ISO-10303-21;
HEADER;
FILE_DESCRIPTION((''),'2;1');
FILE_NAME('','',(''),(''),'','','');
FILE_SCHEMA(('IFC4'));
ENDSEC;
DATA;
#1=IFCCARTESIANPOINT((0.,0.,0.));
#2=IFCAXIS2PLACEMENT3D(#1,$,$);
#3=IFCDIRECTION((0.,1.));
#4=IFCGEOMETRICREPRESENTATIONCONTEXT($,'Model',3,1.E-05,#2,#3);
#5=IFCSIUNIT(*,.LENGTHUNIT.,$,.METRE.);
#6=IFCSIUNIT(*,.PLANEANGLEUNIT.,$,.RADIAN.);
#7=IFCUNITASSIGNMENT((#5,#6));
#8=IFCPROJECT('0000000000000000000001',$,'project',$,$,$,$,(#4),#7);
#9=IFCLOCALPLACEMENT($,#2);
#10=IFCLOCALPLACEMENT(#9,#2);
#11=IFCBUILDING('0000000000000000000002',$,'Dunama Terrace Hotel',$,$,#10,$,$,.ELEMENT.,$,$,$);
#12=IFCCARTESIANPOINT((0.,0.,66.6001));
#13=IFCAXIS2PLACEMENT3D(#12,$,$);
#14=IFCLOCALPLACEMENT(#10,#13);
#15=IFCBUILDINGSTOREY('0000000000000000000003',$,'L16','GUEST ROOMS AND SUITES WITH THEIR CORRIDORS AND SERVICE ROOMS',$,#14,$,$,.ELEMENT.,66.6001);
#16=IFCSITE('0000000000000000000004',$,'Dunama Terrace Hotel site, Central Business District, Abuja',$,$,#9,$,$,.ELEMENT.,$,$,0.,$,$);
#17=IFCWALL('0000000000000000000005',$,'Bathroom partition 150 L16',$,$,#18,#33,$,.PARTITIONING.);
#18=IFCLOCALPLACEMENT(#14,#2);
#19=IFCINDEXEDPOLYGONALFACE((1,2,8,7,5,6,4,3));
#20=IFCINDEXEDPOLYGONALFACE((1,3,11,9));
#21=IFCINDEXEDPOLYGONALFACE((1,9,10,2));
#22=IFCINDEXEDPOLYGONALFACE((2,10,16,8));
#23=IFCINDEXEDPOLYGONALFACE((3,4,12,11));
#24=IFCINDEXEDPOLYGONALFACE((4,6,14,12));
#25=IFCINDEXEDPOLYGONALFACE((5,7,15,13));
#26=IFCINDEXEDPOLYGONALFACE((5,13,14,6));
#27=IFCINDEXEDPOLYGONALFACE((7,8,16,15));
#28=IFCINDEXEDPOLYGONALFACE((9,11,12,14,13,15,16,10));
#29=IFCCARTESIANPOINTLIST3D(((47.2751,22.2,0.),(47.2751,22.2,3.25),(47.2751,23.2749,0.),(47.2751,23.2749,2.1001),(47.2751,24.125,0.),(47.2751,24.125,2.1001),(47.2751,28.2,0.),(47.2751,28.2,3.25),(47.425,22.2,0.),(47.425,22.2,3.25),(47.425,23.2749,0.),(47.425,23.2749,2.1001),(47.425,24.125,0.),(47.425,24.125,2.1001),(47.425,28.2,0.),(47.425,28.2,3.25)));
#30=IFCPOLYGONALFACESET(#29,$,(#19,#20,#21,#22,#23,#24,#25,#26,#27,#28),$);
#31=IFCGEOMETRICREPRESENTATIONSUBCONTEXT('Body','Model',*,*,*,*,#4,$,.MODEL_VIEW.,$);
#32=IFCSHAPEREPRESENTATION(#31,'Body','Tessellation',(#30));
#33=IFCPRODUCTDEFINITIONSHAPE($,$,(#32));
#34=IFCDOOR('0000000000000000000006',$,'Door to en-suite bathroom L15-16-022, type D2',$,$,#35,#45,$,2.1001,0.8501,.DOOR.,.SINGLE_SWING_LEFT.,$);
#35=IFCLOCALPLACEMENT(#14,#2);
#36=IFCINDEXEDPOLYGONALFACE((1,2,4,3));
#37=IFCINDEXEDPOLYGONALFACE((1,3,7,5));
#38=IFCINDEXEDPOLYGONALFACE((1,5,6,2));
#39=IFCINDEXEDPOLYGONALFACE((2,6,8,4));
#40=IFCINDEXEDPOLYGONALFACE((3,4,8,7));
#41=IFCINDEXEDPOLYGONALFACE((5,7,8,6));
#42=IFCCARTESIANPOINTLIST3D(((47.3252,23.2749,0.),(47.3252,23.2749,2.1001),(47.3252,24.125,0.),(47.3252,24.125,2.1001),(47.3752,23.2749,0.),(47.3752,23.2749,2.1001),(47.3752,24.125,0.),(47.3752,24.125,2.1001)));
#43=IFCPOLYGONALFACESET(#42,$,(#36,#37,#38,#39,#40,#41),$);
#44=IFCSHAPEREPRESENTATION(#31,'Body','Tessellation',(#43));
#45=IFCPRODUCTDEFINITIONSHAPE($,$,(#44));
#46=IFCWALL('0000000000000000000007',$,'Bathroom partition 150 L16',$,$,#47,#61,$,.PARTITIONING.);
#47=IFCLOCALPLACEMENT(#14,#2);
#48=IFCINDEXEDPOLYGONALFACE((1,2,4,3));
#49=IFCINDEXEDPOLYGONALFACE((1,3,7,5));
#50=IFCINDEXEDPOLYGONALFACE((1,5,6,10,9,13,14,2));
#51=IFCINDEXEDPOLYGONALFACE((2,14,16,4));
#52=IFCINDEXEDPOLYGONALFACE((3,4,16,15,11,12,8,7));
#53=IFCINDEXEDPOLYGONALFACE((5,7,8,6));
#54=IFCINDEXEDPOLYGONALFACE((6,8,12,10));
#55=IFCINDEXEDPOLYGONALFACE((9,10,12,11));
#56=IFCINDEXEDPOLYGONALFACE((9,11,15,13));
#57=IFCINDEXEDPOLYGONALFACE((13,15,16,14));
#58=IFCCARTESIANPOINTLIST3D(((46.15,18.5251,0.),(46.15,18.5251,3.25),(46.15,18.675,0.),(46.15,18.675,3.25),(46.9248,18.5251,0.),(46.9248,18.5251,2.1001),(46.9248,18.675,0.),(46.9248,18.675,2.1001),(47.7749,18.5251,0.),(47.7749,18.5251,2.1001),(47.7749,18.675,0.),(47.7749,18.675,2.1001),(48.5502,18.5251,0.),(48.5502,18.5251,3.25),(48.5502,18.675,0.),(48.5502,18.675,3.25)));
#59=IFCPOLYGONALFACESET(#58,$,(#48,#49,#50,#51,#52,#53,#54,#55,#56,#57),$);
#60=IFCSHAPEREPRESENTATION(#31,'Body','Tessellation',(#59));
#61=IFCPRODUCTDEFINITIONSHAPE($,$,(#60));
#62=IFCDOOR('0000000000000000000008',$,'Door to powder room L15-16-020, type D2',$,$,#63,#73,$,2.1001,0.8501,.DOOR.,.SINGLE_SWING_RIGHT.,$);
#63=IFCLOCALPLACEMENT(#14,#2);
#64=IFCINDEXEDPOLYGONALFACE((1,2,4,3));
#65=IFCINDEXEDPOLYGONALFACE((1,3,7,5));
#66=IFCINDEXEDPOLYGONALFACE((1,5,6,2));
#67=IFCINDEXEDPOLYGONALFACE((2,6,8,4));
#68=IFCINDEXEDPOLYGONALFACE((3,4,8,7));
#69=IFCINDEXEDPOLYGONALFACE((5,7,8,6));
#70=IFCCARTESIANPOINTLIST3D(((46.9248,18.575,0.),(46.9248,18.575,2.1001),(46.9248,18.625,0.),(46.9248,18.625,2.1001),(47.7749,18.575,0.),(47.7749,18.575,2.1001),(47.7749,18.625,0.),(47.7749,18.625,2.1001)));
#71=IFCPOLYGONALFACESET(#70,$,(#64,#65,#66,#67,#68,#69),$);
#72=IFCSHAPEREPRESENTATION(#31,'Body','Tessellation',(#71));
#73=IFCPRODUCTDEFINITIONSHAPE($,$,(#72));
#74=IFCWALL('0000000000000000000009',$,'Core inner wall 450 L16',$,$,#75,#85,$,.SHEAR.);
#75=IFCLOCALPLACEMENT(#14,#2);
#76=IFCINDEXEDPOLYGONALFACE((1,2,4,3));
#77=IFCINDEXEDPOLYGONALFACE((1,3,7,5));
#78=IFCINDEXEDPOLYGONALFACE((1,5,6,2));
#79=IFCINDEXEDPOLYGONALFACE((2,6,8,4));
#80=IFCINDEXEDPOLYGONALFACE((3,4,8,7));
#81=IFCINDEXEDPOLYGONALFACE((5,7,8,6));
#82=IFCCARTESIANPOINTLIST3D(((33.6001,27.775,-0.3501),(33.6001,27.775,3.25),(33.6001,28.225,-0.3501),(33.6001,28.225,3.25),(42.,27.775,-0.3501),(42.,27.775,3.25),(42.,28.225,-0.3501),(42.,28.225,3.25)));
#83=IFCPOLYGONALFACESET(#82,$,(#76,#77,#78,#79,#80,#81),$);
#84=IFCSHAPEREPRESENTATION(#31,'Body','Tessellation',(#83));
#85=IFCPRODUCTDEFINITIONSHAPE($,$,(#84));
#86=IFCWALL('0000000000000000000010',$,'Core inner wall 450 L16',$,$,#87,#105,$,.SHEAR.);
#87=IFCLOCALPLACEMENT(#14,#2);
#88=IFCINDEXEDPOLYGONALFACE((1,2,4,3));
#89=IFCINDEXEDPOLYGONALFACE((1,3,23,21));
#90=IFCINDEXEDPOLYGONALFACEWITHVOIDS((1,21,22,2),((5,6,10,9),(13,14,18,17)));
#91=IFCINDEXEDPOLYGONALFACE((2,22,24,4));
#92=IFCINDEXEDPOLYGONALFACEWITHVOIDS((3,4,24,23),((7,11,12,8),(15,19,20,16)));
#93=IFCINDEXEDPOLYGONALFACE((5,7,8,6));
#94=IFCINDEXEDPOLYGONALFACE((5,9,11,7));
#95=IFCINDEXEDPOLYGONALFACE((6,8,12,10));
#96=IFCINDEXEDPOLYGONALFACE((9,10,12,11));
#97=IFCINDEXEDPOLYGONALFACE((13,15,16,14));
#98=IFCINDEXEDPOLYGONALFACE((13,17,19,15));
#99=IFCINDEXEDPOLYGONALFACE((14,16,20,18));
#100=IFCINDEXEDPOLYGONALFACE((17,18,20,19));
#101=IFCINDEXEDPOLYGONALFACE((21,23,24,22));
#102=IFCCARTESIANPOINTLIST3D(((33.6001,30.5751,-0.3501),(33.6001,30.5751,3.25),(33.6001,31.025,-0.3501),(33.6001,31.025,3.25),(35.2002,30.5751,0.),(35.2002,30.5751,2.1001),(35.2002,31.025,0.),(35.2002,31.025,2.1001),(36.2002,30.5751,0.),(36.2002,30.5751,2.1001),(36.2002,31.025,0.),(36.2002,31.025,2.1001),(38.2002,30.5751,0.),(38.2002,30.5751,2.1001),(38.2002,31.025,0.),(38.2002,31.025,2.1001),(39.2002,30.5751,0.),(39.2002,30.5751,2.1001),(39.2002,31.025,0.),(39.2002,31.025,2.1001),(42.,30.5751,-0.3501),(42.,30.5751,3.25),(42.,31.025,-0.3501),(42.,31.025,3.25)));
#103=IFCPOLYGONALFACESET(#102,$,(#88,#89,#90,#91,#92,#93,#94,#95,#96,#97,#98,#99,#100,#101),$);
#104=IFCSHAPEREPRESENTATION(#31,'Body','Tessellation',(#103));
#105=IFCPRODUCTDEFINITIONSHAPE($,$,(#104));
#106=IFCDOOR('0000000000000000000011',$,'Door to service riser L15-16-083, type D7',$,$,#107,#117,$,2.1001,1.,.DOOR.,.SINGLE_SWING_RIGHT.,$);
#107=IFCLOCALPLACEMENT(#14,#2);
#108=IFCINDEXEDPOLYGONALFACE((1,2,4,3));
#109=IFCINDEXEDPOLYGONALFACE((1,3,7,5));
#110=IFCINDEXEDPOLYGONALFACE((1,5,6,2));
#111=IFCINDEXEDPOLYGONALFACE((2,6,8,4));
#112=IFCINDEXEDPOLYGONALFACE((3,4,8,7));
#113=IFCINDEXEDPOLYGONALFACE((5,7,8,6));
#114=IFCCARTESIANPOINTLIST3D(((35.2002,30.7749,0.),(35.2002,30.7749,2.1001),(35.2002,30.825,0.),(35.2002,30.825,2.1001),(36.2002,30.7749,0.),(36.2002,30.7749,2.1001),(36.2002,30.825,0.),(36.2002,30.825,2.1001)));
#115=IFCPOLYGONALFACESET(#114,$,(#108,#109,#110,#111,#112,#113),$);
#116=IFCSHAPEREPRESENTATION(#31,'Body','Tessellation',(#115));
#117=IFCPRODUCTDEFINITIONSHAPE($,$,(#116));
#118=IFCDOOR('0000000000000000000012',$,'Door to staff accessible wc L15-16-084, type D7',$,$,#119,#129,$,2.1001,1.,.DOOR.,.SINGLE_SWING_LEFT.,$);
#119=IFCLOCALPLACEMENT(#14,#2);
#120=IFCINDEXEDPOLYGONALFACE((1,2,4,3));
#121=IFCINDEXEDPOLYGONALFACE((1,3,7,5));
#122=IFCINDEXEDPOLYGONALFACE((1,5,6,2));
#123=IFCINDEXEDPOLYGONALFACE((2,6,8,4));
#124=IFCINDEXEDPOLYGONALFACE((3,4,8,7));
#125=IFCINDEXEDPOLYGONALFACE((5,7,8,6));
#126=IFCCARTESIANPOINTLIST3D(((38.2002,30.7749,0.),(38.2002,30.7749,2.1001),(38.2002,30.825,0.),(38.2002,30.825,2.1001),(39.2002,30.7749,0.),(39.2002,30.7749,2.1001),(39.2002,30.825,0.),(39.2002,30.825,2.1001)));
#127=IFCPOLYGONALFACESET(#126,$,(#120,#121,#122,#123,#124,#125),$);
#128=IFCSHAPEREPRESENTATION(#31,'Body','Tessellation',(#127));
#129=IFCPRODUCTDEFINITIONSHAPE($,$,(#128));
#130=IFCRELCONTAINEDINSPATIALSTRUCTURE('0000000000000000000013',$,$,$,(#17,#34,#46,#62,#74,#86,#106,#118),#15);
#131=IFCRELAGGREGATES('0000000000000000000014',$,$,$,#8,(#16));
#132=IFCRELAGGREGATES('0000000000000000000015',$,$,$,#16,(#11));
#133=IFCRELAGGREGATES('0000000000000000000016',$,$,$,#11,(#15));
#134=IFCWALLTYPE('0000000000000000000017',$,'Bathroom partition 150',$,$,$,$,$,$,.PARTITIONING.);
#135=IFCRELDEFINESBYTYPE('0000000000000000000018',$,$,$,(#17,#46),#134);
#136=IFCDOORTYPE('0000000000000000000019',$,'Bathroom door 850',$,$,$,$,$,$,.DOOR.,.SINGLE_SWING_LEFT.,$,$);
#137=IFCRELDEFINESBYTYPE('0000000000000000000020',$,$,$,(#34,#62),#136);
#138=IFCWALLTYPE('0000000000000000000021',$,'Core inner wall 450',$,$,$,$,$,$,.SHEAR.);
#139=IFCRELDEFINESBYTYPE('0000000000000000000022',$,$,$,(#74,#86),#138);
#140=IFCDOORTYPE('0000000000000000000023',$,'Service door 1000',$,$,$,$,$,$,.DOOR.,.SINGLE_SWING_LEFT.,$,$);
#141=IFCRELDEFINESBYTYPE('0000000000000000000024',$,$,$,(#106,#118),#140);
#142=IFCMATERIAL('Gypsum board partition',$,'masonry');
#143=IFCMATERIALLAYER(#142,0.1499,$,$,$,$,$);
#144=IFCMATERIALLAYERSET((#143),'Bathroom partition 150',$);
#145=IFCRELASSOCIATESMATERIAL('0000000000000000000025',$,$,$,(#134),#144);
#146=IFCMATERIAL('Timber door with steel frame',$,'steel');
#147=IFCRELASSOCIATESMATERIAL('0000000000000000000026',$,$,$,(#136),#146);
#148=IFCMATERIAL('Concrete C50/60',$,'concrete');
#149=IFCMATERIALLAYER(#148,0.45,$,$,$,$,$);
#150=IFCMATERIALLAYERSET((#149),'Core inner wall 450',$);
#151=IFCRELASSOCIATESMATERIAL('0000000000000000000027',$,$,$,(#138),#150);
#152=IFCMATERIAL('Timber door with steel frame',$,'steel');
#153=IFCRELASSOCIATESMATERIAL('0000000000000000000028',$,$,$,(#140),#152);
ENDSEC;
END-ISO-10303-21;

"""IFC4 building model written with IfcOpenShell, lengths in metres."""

from ifc_helpers import new_model, si_unit, direction, frame, frame_2d, origin, place, context, subcontext, project, spatial, rectangle, extrude, material, layer, layer_set, type_object, element, fill, save


model = new_model("IFC4")

# Units and contexts
model_context = context("Model", 3, precision=1e-05, world=origin(), true_north=direction((0.0, 1.0)))
body_context = subcontext(model_context, "Body", "Model", "MODEL_VIEW")
ifc_project = project(units=[si_unit("LENGTHUNIT", "METRE"), si_unit("PLANEANGLEUNIT", "RADIAN")], contexts=[model_context])

# Site, building, storey
site_placement = place(None, origin())
site = spatial("IfcSite", under=ifc_project, at=site_placement, Name="Dunama Terrace Hotel site, Central Business District, Abuja", CompositionType="ELEMENT", RefElevation=0.0)
building_placement = place(site_placement, origin())
building = spatial("IfcBuilding", under=site, at=building_placement, Name="Dunama Terrace Hotel", CompositionType="ELEMENT")
storey_placement = place(building_placement, frame((0.0, 0.0, 66.6001)))
storey = spatial("IfcBuildingStorey", under=building, at=storey_placement, Name="L16", Description="GUEST ROOMS AND SUITES WITH THEIR CORRIDORS AND SERVICE ROOMS", CompositionType="ELEMENT", Elevation=66.6001)

# Walls, openings, doors
ifc_material_1 = material(Name="Gypsum board partition", Category="masonry")
ifc_layer_1 = layer(ifc_material_1, 0.1499)
ifc_layer_set_1 = layer_set([ifc_layer_1], Name="Bathroom partition 150")
wall_type_1 = type_object("IfcWallType", Name="Bathroom partition 150", PredefinedType="PARTITIONING", material=ifc_layer_set_1)
wall_1_placement = place(storey_placement, frame((47.3501, 22.2, 0.0), z_axis=(0.0, 0.0, 1.0), x_axis=(0.0, 1.0, 0.0)))
wall_1 = element("IfcWall", 1, at=wall_1_placement, inside=storey, type_object=wall_type_1, Name="Bathroom partition 150 L16", PredefinedType="PARTITIONING", context=body_context, shape_type="SweptSolid", body=[
    extrude(rectangle(XDim=6.0, YDim=0.1499, at=frame_2d((3.0, 0.0))), origin(), (0.0, 0.0, 1.0), 3.25),
])
opening_1_placement = place(wall_1_placement, frame((1.075, 0.0, 0.0)))
opening_1 = element("IfcOpeningElement", 2, at=opening_1_placement, cuts=wall_1, PredefinedType="OPENING", context=body_context, shape_type="SweptSolid", body=[
    extrude(rectangle(XDim=0.8501, YDim=2.1001, at=frame_2d((0.425, 1.05))), frame((0.0, 0.085, 0.0), z_axis=(0.0, -1.0, 0.0), x_axis=(1.0, 0.0, 0.0)), (0.0, 0.0, 1.0), 0.1699),
])
ifc_material_2 = material(Name="Timber door with steel frame", Category="steel")
door_type_1 = type_object("IfcDoorType", Name="Bathroom door 850", OperationType="SINGLE_SWING_LEFT", PredefinedType="DOOR", material=ifc_material_2)
door_1_placement = place(opening_1_placement, frame((0.8501, 0.0, 0.0), z_axis=(0.0, 0.0, 1.0), x_axis=(-1.0, 0.0, 0.0)))
door_1 = element("IfcDoor", 3, at=door_1_placement, inside=storey, type_object=door_type_1, Name="Door to en-suite bathroom L15-16-022, type D2", OperationType="SINGLE_SWING_LEFT", OverallHeight=2.1001, OverallWidth=0.8501, PredefinedType="DOOR", context=body_context, shape_type="SweptSolid", body=[
    extrude(rectangle(XDim=0.8501, YDim=2.1001, at=frame_2d((0.425, 1.05))), frame((0.0, 0.0251, 0.0), z_axis=(0.0, -1.0, 0.0), x_axis=(1.0, 0.0, 0.0)), (0.0, 0.0, 1.0), 0.05),
])
fill(opening_1, door_1)
wall_2_placement = place(storey_placement, frame((46.1499, 18.6001, 0.0), z_axis=(0.0, 0.0, 1.0), x_axis=(1.0, 0.0, 0.0)))
wall_2 = element("IfcWall", 4, at=wall_2_placement, inside=storey, type_object=wall_type_1, Name="Bathroom partition 150 L16", PredefinedType="PARTITIONING", context=body_context, shape_type="SweptSolid", body=[
    extrude(rectangle(XDim=2.4001, YDim=0.1499, at=frame_2d((1.2002, 0.0))), origin(), (0.0, 0.0, 1.0), 3.25),
])
opening_2_placement = place(wall_2_placement, frame((0.7749, 0.0, 0.0)))
opening_2 = element("IfcOpeningElement", 5, at=opening_2_placement, cuts=wall_2, PredefinedType="OPENING", context=body_context, shape_type="SweptSolid", body=[
    extrude(rectangle(XDim=0.8501, YDim=2.1001, at=frame_2d((0.425, 1.05))), frame((0.0, 0.085, 0.0), z_axis=(0.0, -1.0, 0.0), x_axis=(1.0, 0.0, 0.0)), (0.0, 0.0, 1.0), 0.1699),
])
door_2_placement = place(opening_2_placement, frame((0.8501, 0.0, 0.0), z_axis=(0.0, 0.0, 1.0), x_axis=(-1.0, 0.0, 0.0)))
door_2 = element("IfcDoor", 6, at=door_2_placement, inside=storey, type_object=door_type_1, Name="Door to powder room L15-16-020, type D2", OperationType="SINGLE_SWING_RIGHT", OverallHeight=2.1001, OverallWidth=0.8501, PredefinedType="DOOR", context=body_context, shape_type="SweptSolid", body=[
    extrude(rectangle(XDim=0.8501, YDim=2.1001, at=frame_2d((0.425, 1.05))), frame((0.0, 0.0251, 0.0), z_axis=(0.0, -1.0, 0.0), x_axis=(1.0, 0.0, 0.0)), (0.0, 0.0, 1.0), 0.05),
])
fill(opening_2, door_2)

# Wall
ifc_material_3 = material(Name="Concrete C50/60", Category="concrete")
ifc_layer_2 = layer(ifc_material_3, 0.45)
ifc_layer_set_2 = layer_set([ifc_layer_2], Name="Core inner wall 450")
wall_type_2 = type_object("IfcWallType", Name="Core inner wall 450", PredefinedType="SHEAR", material=ifc_layer_set_2)
wall_3_placement = place(storey_placement, frame((33.6001, 28.0, -0.3501), z_axis=(0.0, 0.0, 1.0), x_axis=(1.0, 0.0, 0.0)))
element("IfcWall", 7, at=wall_3_placement, inside=storey, type_object=wall_type_2, Name="Core inner wall 450 L16", PredefinedType="SHEAR", context=body_context, shape_type="SweptSolid", body=[
    extrude(rectangle(XDim=8.3999, YDim=0.45, at=frame_2d((4.2, 0.0))), origin(), (0.0, 0.0, 1.0), 3.6001),
])

# Wall, openings, doors
wall_4_placement = place(storey_placement, frame((33.6001, 30.8, -0.3501), z_axis=(0.0, 0.0, 1.0), x_axis=(1.0, 0.0, 0.0)))
wall_4 = element("IfcWall", 8, at=wall_4_placement, inside=storey, type_object=wall_type_2, Name="Core inner wall 450 L16", PredefinedType="SHEAR", context=body_context, shape_type="SweptSolid", body=[
    extrude(rectangle(XDim=8.3999, YDim=0.45, at=frame_2d((4.2, 0.0))), origin(), (0.0, 0.0, 1.0), 3.6001),
])
opening_3_placement = place(wall_4_placement, frame((1.6001, 0.0, 0.3501)))
opening_3 = element("IfcOpeningElement", 9, at=opening_3_placement, cuts=wall_4, PredefinedType="OPENING", context=body_context, shape_type="SweptSolid", body=[
    extrude(rectangle(XDim=1.0, YDim=2.1001, at=frame_2d((0.5, 1.05))), frame((0.0, 0.2349, 0.0), z_axis=(0.0, -1.0, 0.0), x_axis=(1.0, 0.0, 0.0)), (0.0, 0.0, 1.0), 0.47),
])
opening_4_placement = place(wall_4_placement, frame((4.6001, 0.0, 0.3501)))
opening_4 = element("IfcOpeningElement", 10, at=opening_4_placement, cuts=wall_4, PredefinedType="OPENING", context=body_context, shape_type="SweptSolid", body=[
    extrude(rectangle(XDim=1.0, YDim=2.1001, at=frame_2d((0.5, 1.05))), frame((0.0, 0.2349, 0.0), z_axis=(0.0, -1.0, 0.0), x_axis=(1.0, 0.0, 0.0)), (0.0, 0.0, 1.0), 0.47),
])
ifc_material_4 = material(Name="Timber door with steel frame", Category="steel")
door_type_2 = type_object("IfcDoorType", Name="Service door 1000", OperationType="SINGLE_SWING_LEFT", PredefinedType="DOOR", material=ifc_material_4)
door_3_placement = place(opening_3_placement, origin())
door_3 = element("IfcDoor", 11, at=door_3_placement, inside=storey, type_object=door_type_2, Name="Door to service riser L15-16-083, type D7", OperationType="SINGLE_SWING_RIGHT", OverallHeight=2.1001, OverallWidth=1.0, PredefinedType="DOOR", context=body_context, shape_type="SweptSolid", body=[
    extrude(rectangle(XDim=1.0, YDim=2.1001, at=frame_2d((0.5, 1.05))), frame((0.0, 0.0249, 0.0), z_axis=(0.0, -1.0, 0.0), x_axis=(1.0, 0.0, 0.0)), (0.0, 0.0, 1.0), 0.05),
])
fill(opening_3, door_3)
door_4_placement = place(opening_4_placement, origin())
door_4 = element("IfcDoor", 12, at=door_4_placement, inside=storey, type_object=door_type_2, Name="Door to staff accessible wc L15-16-084, type D7", OperationType="SINGLE_SWING_LEFT", OverallHeight=2.1001, OverallWidth=1.0, PredefinedType="DOOR", context=body_context, shape_type="SweptSolid", body=[
    extrude(rectangle(XDim=1.0, YDim=2.1001, at=frame_2d((0.5, 1.05))), frame((0.0, 0.0249, 0.0), z_axis=(0.0, -1.0, 0.0), x_axis=(1.0, 0.0, 0.0)), (0.0, 0.0, 1.0), 0.05),
])
fill(opening_4, door_4)

save(model, "model.ifc")
